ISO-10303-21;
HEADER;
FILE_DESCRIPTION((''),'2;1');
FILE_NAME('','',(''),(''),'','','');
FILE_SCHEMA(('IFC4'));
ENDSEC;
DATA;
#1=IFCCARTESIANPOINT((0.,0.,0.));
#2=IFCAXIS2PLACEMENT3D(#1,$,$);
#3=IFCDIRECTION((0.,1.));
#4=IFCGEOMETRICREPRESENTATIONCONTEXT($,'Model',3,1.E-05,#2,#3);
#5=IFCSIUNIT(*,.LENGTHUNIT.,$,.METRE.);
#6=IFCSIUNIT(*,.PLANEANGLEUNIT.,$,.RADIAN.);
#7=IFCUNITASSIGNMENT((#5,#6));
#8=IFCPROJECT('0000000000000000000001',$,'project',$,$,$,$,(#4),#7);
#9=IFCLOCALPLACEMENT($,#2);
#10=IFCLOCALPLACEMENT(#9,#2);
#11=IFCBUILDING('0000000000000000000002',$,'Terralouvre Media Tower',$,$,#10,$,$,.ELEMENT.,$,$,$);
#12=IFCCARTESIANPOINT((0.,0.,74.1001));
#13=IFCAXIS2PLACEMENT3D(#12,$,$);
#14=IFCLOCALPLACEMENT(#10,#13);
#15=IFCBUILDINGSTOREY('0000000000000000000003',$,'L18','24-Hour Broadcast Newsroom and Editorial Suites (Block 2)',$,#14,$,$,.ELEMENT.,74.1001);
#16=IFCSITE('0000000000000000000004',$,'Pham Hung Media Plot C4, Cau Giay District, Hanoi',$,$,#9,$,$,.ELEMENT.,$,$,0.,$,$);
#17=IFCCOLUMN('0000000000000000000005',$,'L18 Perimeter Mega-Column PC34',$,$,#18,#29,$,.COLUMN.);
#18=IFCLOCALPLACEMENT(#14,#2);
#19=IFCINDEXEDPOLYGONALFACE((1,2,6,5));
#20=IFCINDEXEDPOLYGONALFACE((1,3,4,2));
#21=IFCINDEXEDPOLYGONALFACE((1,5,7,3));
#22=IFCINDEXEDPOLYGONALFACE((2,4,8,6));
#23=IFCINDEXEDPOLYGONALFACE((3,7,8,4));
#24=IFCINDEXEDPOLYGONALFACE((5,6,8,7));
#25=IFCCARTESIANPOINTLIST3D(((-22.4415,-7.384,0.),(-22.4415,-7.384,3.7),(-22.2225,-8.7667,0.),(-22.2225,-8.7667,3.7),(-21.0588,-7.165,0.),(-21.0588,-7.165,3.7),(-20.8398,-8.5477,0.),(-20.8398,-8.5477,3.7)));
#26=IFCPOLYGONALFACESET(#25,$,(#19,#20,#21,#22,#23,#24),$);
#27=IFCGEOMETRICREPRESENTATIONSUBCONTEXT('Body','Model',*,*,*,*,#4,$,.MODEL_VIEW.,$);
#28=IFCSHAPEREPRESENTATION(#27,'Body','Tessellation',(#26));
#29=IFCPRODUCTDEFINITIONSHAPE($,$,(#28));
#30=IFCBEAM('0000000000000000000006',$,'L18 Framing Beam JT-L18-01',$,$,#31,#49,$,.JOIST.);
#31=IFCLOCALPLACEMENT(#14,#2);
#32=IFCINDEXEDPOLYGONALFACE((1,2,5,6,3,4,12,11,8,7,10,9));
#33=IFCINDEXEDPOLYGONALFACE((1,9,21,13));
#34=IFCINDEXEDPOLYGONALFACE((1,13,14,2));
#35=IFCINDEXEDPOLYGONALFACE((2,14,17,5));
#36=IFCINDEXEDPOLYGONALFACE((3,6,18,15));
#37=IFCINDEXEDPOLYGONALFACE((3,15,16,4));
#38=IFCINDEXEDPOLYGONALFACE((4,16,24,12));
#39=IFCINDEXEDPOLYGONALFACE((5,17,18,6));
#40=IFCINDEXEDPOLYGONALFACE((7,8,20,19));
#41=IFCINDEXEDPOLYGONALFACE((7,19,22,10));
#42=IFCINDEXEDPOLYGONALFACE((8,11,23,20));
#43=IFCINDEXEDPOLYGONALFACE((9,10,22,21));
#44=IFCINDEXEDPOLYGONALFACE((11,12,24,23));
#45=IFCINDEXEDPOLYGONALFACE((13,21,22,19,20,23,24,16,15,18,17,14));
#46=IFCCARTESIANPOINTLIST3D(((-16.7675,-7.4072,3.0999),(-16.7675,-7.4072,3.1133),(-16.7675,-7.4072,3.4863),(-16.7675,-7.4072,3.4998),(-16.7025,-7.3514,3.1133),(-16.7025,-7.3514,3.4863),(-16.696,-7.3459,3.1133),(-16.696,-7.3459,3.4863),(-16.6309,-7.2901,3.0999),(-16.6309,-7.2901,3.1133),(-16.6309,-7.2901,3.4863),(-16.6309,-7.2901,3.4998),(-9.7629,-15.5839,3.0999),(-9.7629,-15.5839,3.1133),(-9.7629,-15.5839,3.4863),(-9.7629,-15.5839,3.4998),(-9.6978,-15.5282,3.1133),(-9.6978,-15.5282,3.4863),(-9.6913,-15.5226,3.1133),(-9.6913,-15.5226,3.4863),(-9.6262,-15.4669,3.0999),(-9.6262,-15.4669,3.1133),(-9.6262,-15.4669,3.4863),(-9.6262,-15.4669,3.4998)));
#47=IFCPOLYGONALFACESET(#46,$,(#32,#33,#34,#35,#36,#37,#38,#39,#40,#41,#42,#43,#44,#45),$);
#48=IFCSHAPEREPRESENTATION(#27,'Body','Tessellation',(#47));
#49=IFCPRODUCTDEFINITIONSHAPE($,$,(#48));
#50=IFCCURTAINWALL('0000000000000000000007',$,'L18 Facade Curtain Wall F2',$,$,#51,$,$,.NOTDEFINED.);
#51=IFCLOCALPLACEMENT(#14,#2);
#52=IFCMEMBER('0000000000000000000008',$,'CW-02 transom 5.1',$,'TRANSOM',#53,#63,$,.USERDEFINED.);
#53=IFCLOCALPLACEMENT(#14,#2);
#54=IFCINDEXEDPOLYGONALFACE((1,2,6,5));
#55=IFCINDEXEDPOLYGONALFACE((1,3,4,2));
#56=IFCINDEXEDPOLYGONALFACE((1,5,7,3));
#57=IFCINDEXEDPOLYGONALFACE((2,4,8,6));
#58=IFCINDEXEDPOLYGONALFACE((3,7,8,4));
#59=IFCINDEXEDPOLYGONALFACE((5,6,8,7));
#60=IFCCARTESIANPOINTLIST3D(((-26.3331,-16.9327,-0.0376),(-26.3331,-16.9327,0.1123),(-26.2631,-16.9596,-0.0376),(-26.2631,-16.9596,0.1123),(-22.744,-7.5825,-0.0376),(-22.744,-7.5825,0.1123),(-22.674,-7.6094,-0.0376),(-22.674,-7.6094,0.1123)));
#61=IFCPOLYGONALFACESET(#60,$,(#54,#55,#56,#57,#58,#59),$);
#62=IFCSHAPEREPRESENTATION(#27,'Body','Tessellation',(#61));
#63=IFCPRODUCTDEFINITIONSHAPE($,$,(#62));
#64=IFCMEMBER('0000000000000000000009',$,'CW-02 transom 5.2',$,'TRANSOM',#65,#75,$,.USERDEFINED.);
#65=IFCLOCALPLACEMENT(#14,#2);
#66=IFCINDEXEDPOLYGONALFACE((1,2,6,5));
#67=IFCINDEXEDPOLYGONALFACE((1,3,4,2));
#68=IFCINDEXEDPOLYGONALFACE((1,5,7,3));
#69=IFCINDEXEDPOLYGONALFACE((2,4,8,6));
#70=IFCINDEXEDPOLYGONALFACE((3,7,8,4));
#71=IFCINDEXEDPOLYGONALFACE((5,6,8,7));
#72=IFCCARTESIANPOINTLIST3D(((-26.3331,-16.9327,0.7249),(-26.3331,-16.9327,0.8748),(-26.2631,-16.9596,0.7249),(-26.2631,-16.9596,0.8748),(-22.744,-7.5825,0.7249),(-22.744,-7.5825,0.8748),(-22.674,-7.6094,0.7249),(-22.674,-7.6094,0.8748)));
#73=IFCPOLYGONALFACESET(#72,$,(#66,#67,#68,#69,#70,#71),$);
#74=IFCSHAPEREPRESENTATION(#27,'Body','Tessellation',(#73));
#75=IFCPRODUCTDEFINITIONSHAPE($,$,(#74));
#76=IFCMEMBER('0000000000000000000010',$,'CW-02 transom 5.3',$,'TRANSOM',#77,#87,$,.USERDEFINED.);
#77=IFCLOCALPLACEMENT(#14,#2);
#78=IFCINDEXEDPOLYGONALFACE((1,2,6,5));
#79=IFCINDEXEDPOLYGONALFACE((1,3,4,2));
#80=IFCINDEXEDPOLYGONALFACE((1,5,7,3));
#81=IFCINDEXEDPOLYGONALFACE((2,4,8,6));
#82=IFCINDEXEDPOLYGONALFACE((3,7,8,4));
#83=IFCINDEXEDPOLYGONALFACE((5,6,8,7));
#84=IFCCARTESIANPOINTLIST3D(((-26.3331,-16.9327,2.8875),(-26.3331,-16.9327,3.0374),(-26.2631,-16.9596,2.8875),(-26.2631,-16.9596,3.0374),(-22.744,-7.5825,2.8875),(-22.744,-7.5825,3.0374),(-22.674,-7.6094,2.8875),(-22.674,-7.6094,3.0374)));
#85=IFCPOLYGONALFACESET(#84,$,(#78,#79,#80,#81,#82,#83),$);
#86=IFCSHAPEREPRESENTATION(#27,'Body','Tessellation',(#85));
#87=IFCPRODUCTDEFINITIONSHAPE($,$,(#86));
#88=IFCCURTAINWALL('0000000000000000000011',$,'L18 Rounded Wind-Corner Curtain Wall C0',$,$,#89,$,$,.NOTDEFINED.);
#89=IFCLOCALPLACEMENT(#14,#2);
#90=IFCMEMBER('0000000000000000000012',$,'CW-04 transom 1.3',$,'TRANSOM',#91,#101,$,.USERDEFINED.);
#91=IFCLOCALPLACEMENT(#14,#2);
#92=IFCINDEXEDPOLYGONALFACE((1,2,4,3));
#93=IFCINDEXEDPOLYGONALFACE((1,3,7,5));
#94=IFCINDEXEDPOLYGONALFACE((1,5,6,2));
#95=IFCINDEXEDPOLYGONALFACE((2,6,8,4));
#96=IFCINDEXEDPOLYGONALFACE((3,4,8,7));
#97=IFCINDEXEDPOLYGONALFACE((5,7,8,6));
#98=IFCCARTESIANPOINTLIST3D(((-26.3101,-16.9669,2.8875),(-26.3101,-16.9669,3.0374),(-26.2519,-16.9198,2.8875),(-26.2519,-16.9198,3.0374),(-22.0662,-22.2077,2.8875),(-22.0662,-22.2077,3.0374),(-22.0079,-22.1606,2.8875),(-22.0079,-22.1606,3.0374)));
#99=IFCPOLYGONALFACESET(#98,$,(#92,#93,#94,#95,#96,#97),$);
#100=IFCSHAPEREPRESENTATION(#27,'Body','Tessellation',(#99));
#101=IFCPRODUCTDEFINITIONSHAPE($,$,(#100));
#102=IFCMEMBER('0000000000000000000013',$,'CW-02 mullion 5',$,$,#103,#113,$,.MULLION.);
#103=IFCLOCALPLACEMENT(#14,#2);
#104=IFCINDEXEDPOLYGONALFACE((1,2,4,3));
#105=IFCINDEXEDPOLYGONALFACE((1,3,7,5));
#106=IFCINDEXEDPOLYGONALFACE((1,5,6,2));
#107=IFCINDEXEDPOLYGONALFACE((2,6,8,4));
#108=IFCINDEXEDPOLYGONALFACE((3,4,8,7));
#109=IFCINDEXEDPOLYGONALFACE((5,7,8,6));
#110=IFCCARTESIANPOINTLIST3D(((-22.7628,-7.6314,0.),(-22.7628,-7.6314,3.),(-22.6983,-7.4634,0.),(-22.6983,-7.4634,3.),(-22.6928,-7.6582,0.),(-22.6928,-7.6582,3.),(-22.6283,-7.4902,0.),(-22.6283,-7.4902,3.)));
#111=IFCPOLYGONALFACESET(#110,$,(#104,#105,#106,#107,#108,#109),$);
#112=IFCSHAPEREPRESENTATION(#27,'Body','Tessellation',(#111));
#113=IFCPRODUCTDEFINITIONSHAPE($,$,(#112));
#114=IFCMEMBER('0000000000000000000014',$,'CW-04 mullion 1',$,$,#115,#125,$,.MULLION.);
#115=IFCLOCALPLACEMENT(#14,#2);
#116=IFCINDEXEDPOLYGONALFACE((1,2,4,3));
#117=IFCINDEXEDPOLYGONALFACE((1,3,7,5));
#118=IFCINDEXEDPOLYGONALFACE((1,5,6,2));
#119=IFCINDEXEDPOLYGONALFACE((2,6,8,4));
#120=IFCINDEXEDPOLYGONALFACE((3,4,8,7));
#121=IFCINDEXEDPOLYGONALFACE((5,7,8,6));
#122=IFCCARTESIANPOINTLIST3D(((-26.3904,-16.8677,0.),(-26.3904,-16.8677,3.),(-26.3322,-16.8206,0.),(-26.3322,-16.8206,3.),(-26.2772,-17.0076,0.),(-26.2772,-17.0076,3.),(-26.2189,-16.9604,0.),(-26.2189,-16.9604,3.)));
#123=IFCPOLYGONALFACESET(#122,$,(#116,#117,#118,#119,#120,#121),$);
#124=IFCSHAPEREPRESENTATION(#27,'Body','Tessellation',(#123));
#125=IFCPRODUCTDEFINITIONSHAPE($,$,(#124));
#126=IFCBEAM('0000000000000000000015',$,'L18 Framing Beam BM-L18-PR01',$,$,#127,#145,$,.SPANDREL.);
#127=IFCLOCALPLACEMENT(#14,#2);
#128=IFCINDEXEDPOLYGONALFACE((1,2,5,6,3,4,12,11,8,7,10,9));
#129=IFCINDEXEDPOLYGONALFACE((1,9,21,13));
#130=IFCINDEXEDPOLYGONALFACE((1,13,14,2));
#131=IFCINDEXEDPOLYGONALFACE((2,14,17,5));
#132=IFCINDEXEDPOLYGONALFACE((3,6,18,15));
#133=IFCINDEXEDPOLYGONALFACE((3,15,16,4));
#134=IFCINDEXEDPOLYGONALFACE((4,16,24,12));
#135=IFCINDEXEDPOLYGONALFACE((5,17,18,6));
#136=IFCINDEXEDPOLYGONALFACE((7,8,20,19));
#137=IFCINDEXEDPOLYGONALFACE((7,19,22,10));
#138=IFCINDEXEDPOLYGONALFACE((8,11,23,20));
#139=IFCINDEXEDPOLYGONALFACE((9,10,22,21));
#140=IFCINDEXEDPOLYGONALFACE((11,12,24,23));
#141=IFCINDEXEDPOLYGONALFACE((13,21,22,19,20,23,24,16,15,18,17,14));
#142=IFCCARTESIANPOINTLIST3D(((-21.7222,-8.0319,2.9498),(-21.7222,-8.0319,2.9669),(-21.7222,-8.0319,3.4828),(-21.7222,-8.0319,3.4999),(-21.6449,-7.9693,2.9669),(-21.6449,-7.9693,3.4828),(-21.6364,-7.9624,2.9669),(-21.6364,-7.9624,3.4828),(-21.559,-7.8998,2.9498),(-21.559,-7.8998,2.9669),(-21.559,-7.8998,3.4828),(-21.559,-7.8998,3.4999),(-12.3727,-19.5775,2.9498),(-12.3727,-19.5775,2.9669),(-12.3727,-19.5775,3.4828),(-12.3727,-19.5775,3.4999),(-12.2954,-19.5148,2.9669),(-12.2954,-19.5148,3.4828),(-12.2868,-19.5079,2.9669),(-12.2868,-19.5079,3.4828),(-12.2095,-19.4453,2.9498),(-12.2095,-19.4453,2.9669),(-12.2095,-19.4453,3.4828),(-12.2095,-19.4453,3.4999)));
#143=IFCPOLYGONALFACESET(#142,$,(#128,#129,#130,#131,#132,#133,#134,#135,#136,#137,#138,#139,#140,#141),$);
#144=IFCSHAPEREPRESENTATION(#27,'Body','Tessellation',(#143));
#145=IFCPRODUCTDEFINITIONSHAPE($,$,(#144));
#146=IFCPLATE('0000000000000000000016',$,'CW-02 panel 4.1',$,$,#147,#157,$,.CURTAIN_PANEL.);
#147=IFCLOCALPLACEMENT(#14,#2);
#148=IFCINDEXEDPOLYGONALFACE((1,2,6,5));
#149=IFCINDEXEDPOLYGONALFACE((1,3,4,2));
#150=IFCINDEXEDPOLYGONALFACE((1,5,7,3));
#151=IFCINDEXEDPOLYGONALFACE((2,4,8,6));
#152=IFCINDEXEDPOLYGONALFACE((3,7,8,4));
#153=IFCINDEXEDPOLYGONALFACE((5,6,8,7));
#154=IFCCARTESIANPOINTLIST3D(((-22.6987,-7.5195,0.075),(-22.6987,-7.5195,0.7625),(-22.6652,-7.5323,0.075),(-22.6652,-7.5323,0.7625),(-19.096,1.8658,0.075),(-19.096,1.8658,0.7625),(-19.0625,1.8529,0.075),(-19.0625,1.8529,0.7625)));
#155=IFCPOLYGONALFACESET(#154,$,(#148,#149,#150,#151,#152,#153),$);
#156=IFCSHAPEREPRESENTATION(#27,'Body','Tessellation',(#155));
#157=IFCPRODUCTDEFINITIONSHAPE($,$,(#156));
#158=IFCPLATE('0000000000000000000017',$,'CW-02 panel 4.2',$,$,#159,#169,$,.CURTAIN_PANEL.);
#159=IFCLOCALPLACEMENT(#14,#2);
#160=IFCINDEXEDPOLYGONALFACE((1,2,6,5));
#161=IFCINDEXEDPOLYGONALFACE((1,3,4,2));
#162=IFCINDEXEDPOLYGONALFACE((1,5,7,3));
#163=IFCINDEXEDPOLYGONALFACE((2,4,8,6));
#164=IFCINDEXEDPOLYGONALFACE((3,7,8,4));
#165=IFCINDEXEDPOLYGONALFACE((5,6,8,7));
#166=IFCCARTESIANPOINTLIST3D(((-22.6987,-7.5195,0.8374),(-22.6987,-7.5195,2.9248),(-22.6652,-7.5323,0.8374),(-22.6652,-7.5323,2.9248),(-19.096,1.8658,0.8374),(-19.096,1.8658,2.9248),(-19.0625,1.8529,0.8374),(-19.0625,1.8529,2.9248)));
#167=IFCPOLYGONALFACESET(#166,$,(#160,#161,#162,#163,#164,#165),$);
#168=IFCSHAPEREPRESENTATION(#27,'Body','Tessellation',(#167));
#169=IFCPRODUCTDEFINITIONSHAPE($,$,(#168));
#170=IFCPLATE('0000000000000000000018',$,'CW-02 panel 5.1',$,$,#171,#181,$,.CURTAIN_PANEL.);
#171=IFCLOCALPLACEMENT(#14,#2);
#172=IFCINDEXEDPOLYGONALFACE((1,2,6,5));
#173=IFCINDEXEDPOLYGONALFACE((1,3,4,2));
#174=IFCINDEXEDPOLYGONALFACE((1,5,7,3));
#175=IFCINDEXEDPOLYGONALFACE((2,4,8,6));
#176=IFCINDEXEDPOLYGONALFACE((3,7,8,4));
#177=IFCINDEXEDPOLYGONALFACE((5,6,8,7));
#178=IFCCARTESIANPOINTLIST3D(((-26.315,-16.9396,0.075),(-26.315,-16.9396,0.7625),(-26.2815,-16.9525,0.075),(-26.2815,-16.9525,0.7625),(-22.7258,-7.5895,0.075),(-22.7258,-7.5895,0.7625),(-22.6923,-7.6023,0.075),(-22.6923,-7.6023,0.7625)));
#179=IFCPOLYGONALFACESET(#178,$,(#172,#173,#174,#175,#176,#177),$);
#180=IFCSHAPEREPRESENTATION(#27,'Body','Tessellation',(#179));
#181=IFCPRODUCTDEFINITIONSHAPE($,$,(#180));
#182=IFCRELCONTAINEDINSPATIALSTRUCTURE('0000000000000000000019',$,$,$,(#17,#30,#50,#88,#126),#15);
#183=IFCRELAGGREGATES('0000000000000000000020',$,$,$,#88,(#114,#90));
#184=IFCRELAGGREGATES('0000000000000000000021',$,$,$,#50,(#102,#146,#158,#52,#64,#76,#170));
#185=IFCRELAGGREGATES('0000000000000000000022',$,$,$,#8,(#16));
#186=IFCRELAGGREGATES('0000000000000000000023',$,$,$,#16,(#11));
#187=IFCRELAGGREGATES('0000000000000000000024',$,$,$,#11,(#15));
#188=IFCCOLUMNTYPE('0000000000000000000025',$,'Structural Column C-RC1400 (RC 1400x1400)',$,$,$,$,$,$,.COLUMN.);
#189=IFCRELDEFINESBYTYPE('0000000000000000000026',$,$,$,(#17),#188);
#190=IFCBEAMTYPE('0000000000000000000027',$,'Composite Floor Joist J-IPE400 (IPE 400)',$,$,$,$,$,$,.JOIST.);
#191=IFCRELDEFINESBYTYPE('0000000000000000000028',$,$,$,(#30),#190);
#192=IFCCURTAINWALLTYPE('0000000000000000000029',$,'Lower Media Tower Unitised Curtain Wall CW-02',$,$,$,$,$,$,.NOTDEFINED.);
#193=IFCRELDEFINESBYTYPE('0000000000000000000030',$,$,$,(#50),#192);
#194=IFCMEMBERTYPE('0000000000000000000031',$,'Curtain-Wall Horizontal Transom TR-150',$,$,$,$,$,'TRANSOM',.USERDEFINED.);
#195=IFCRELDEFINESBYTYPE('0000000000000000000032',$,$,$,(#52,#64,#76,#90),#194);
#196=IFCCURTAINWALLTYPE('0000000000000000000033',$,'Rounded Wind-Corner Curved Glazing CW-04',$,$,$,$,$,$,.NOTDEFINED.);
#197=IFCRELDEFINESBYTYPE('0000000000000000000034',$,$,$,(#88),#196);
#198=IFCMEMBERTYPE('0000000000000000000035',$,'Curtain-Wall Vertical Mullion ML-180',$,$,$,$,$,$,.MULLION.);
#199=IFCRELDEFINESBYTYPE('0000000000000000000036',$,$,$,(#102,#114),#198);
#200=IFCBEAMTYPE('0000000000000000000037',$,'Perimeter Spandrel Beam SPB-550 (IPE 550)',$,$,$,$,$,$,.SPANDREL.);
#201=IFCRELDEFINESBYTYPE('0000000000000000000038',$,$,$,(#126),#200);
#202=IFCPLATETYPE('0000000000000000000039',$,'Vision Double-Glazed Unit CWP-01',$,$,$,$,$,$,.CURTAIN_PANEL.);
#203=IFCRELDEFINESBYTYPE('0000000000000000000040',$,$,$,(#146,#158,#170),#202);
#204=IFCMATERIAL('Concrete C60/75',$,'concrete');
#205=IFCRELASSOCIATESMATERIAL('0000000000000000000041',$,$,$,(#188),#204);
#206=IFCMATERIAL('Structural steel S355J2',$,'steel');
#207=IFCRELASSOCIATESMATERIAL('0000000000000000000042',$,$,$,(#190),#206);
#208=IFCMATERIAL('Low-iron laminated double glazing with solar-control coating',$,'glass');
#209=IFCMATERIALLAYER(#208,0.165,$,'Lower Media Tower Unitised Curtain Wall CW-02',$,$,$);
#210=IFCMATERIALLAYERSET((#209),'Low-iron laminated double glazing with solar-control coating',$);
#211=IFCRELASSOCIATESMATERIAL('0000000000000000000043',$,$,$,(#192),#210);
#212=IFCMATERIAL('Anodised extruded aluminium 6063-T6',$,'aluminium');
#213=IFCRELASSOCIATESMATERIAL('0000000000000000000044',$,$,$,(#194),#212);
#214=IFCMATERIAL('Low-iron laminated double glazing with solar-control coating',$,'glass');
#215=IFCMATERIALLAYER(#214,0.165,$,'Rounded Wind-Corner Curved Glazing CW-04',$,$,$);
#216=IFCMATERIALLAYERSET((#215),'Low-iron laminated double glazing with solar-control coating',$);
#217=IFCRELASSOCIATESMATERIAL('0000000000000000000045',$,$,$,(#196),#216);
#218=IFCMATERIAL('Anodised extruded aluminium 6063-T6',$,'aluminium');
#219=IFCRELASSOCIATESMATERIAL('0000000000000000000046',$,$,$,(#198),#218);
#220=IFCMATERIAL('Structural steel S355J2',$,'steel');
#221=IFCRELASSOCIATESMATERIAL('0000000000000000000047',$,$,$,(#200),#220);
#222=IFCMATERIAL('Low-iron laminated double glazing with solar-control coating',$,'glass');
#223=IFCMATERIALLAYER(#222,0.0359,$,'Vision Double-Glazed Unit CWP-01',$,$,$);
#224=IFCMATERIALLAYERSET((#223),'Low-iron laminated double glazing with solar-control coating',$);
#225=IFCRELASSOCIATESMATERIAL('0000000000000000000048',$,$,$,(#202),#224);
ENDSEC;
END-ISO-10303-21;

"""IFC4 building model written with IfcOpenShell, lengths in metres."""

from ifc_helpers import new_model, si_unit, direction, frame, origin, origin_2d, place, context, subcontext, project, spatial, rectangle, i_section, extrude, material, layer, layer_set, material_profile, profile_set, type_object, element, aggregate, save


model = new_model("IFC4")

# Units and contexts
model_context = context("Model", 3, precision=1e-05, world=origin(), true_north=direction((0.0, 1.0)))
body_context = subcontext(model_context, "Body", "Model", "MODEL_VIEW")
ifc_project = project(units=[si_unit("LENGTHUNIT", "METRE"), si_unit("PLANEANGLEUNIT", "RADIAN")], contexts=[model_context])

# Site, building, storey
site_placement = place(None, origin())
site = spatial("IfcSite", under=ifc_project, at=site_placement, Name="Pham Hung Media Plot C4, Cau Giay District, Hanoi", CompositionType="ELEMENT", RefElevation=0.0)
building_placement = place(site_placement, origin())
building = spatial("IfcBuilding", under=site, at=building_placement, Name="Terralouvre Media Tower", CompositionType="ELEMENT")
storey_placement = place(building_placement, frame((0.0, 0.0, 74.1001)))
storey = spatial("IfcBuildingStorey", under=building, at=storey_placement, Name="L18", Description="24-Hour Broadcast Newsroom and Editorial Suites (Block 2)", CompositionType="ELEMENT", Elevation=74.1001)

# Column
ifc_material_1 = material(Name="Concrete C60/75", Category="concrete")
ifc_material_profile_1 = material_profile(ifc_material_1, rectangle(XDim=1.3999, YDim=1.3999, at=origin_2d()), Name="RC 1400x1400")
ifc_profile_set_1 = profile_set([ifc_material_profile_1], Name="Concrete C60/75")
column_type = type_object("IfcColumnType", Name="Structural Column C-RC1400 (RC 1400x1400)", PredefinedType="COLUMN", material=ifc_profile_set_1)
column_placement = place(storey_placement, frame((-21.6406, -7.9658, 0.0), z_axis=(0.0, 0.0, 1.0), x_axis=(0.987688, 0.156434, 0.0)))
element("IfcColumn", 1, at=column_placement, inside=storey, type_object=column_type, Name="L18 Perimeter Mega-Column PC34", PredefinedType="COLUMN", context=body_context, shape_type="SweptSolid", body=[
    extrude(rectangle(XDim=1.3999, YDim=1.3999, at=origin_2d()), origin(), (0.0, 0.0, 1.0), 3.7),
])

# Beam
ifc_material_2 = material(Name="Structural steel S355J2", Category="steel")
ifc_material_profile_2 = material_profile(ifc_material_2, i_section(OverallWidth=0.1799, OverallDepth=0.3999, WebThickness=0.0085, FlangeThickness=0.0134, at=origin_2d()), Name="IPE 400")
ifc_profile_set_2 = profile_set([ifc_material_profile_2], Name="Structural steel S355J2")
beam_type_1 = type_object("IfcBeamType", Name="Composite Floor Joist J-IPE400 (IPE 400)", PredefinedType="JOIST", material=ifc_profile_set_2)
beam_1_placement = place(storey_placement, frame((-16.6992, -7.3486, 3.2998), z_axis=(0.650577, -0.759441, 0.0), x_axis=(0.759441, 0.650577, 0.0)))
element("IfcBeam", 2, at=beam_1_placement, inside=storey, type_object=beam_type_1, Name="L18 Framing Beam JT-L18-01", PredefinedType="JOIST", context=body_context, shape_type="SweptSolid", body=[
    extrude(i_section(OverallWidth=0.1799, OverallDepth=0.3999, WebThickness=0.0085, FlangeThickness=0.0134, at=origin_2d()), origin(), (0.0, 0.0, 1.0), 10.7668),
])

# Curtain wall, members
ifc_material_3 = material(Name="Low-iron laminated double glazing with solar-control coating", Category="glass")
ifc_layer_1 = layer(ifc_material_3, 0.165, Name="Lower Media Tower Unitised Curtain Wall CW-02")
ifc_layer_set_1 = layer_set([ifc_layer_1], Name="Low-iron laminated double glazing with solar-control coating")
curtain_wall_type_1 = type_object("IfcCurtainWallType", Name="Lower Media Tower Unitised Curtain Wall CW-02", PredefinedType="NOTDEFINED", material=ifc_layer_set_1)
curtain_wall_1_placement = place(storey_placement, origin())
curtain_wall_1 = element("IfcCurtainWall", 3, at=curtain_wall_1_placement, inside=storey, type_object=curtain_wall_type_1, Name="L18 Facade Curtain Wall F2", PredefinedType="NOTDEFINED")
ifc_material_4 = material(Name="Anodised extruded aluminium 6063-T6", Category="aluminium")
ifc_material_profile_3 = material_profile(ifc_material_4, rectangle(XDim=0.075, YDim=0.1499, at=origin_2d()), Name="ALU 75x150")
ifc_profile_set_3 = profile_set([ifc_material_profile_3], Name="Anodised extruded aluminium 6063-T6")
member_type_1 = type_object("IfcMemberType", Name="Curtain-Wall Horizontal Transom TR-150", ElementType="TRANSOM", PredefinedType="USERDEFINED", material=ifc_profile_set_3)
member_1_placement = place(storey_placement, frame((-22.709, -7.5959, 0.0374), z_axis=(-0.358363, -0.933582, 0.0), x_axis=(0.933582, -0.358363, 0.0)))
member_1 = element("IfcMember", 4, at=member_1_placement, type_object=member_type_1, Name="CW-02 transom 5.1", ObjectType="TRANSOM", PredefinedType="USERDEFINED", context=body_context, shape_type="SweptSolid", body=[
    extrude(rectangle(XDim=0.075, YDim=0.1499, at=origin_2d()), origin(), (0.0, 0.0, 1.0), 10.0154),
])
member_2_placement = place(storey_placement, frame((-22.709, -7.5959, 0.7998), z_axis=(-0.358363, -0.933582, 0.0), x_axis=(0.933582, -0.358363, 0.0)))
member_2 = element("IfcMember", 5, at=member_2_placement, type_object=member_type_1, Name="CW-02 transom 5.2", ObjectType="TRANSOM", PredefinedType="USERDEFINED", context=body_context, shape_type="SweptSolid", body=[
    extrude(rectangle(XDim=0.075, YDim=0.1499, at=origin_2d()), origin(), (0.0, 0.0, 1.0), 10.0154),
])
member_3_placement = place(storey_placement, frame((-22.709, -7.5959, 2.9624), z_axis=(-0.358363, -0.933582, 0.0), x_axis=(0.933582, -0.358363, 0.0)))
member_3 = element("IfcMember", 6, at=member_3_placement, type_object=member_type_1, Name="CW-02 transom 5.3", ObjectType="TRANSOM", PredefinedType="USERDEFINED", context=body_context, shape_type="SweptSolid", body=[
    extrude(rectangle(XDim=0.075, YDim=0.1499, at=origin_2d()), origin(), (0.0, 0.0, 1.0), 10.0154),
])

# Curtain wall, member
ifc_material_5 = material(Name="Low-iron laminated double glazing with solar-control coating", Category="glass")
ifc_layer_2 = layer(ifc_material_5, 0.165, Name="Rounded Wind-Corner Curved Glazing CW-04")
ifc_layer_set_2 = layer_set([ifc_layer_2], Name="Low-iron laminated double glazing with solar-control coating")
curtain_wall_type_2 = type_object("IfcCurtainWallType", Name="Rounded Wind-Corner Curved Glazing CW-04", PredefinedType="NOTDEFINED", material=ifc_layer_set_2)
curtain_wall_2_placement = place(storey_placement, origin())
curtain_wall_2 = element("IfcCurtainWall", 7, at=curtain_wall_2_placement, inside=storey, type_object=curtain_wall_type_2, Name="L18 Rounded Wind-Corner Curtain Wall C0", PredefinedType="NOTDEFINED")
member_4_placement = place(storey_placement, frame((-26.281, -16.9434, 2.9624), z_axis=(0.629324, -0.777143, 0.0), x_axis=(0.777143, 0.629324, 0.0)))
member_4 = element("IfcMember", 8, at=member_4_placement, type_object=member_type_1, Name="CW-04 transom 1.3", ObjectType="TRANSOM", PredefinedType="USERDEFINED", context=body_context, shape_type="SweptSolid", body=[
    extrude(rectangle(XDim=0.075, YDim=0.1499, at=origin_2d()), origin(), (0.0, 0.0, 1.0), 6.7437),
])

# Members
ifc_material_6 = material(Name="Anodised extruded aluminium 6063-T6", Category="aluminium")
ifc_material_profile_4 = material_profile(ifc_material_6, rectangle(XDim=0.075, YDim=0.1799, at=origin_2d()), Name="ALU 75x180")
ifc_profile_set_4 = profile_set([ifc_material_profile_4], Name="Anodised extruded aluminium 6063-T6")
member_type_2 = type_object("IfcMemberType", Name="Curtain-Wall Vertical Mullion ML-180", PredefinedType="MULLION", material=ifc_profile_set_4)
member_5_placement = place(storey_placement, frame((-22.6956, -7.5608, 0.0), z_axis=(0.0, 0.0, 1.0), x_axis=(0.93358, -0.358368, 0.0)))
member_5 = element("IfcMember", 9, at=member_5_placement, type_object=member_type_2, Name="CW-02 mullion 5", PredefinedType="MULLION", context=body_context, shape_type="SweptSolid", body=[
    extrude(rectangle(XDim=0.075, YDim=0.1799, at=origin_2d()), origin(), (0.0, 0.0, 1.0), 3.0),
])
member_6_placement = place(storey_placement, frame((-26.3047, -16.9141, 0.0), z_axis=(0.0, 0.0, 1.0), x_axis=(0.777146, 0.62932, 0.0)))
member_6 = element("IfcMember", 10, at=member_6_placement, type_object=member_type_2, Name="CW-04 mullion 1", PredefinedType="MULLION", context=body_context, shape_type="SweptSolid", body=[
    extrude(rectangle(XDim=0.075, YDim=0.1799, at=origin_2d()), origin(), (0.0, 0.0, 1.0), 3.0),
])
aggregate(curtain_wall_2, [member_6, member_4])

# Beam
ifc_material_7 = material(Name="Structural steel S355J2", Category="steel")
ifc_material_profile_5 = material_profile(ifc_material_7, i_section(OverallWidth=0.21, OverallDepth=0.55, WebThickness=0.011, FlangeThickness=0.0171, at=origin_2d()), Name="IPE 550")
ifc_profile_set_5 = profile_set([ifc_material_profile_5], Name="Structural steel S355J2")
beam_type_2 = type_object("IfcBeamType", Name="Perimeter Spandrel Beam SPB-550 (IPE 550)", PredefinedType="SPANDREL", material=ifc_profile_set_5)
beam_2_placement = place(storey_placement, frame((-21.6406, -7.9658, 3.2249), z_axis=(0.629325, -0.777142, 0.0), x_axis=(0.777142, 0.629325, 0.0)))
element("IfcBeam", 11, at=beam_2_placement, inside=storey, type_object=beam_type_2, Name="L18 Framing Beam BM-L18-PR01", PredefinedType="SPANDREL", context=body_context, shape_type="SweptSolid", body=[
    extrude(i_section(OverallWidth=0.21, OverallDepth=0.55, WebThickness=0.011, FlangeThickness=0.0171, at=origin_2d()), origin(), (0.0, 0.0, 1.0), 14.8564),
])

# Plates
ifc_material_8 = material(Name="Low-iron laminated double glazing with solar-control coating", Category="glass")
ifc_layer_3 = layer(ifc_material_8, 0.0359, Name="Vision Double-Glazed Unit CWP-01")
ifc_layer_set_3 = layer_set([ifc_layer_3], Name="Low-iron laminated double glazing with solar-control coating")
plate_type = type_object("IfcPlateType", Name="Vision Double-Glazed Unit CWP-01", PredefinedType="CURTAIN_PANEL", material=ifc_layer_set_3)
plate_1_placement = place(storey_placement, frame((-20.8806, -2.8333, 0.075), z_axis=(0.0, 0.0, 1.0), x_axis=(-0.358368, -0.93358, 0.0)))
plate_1 = element("IfcPlate", 12, at=plate_1_placement, type_object=plate_type, Name="CW-02 panel 4.1", PredefinedType="CURTAIN_PANEL", context=body_context, shape_type="SweptSolid", body=[
    extrude(rectangle(XDim=10.053, YDim=0.0359, at=origin_2d()), origin(), (0.0, 0.0, 1.0), 0.6875),
])
plate_2_placement = place(storey_placement, frame((-20.8806, -2.8333, 0.8374), z_axis=(0.0, 0.0, 1.0), x_axis=(-0.358368, -0.93358, 0.0)))
plate_2 = element("IfcPlate", 13, at=plate_2_placement, type_object=plate_type, Name="CW-02 panel 4.2", PredefinedType="CURTAIN_PANEL", context=body_context, shape_type="SweptSolid", body=[
    extrude(rectangle(XDim=10.053, YDim=0.0359, at=origin_2d()), origin(), (0.0, 0.0, 1.0), 2.0874),
])
plate_3_placement = place(storey_placement, frame((-24.5037, -12.271, 0.075), z_axis=(0.0, 0.0, 1.0), x_axis=(-0.358368, -0.93358, 0.0)))
plate_3 = element("IfcPlate", 14, at=plate_3_placement, type_object=plate_type, Name="CW-02 panel 5.1", PredefinedType="CURTAIN_PANEL", context=body_context, shape_type="SweptSolid", body=[
    extrude(rectangle(XDim=10.0154, YDim=0.0359, at=origin_2d()), origin(), (0.0, 0.0, 1.0), 0.6875),
])
aggregate(curtain_wall_1, [member_5, plate_1, plate_2, member_1, member_2, member_3, plate_3])

save(model, "model.ifc")
